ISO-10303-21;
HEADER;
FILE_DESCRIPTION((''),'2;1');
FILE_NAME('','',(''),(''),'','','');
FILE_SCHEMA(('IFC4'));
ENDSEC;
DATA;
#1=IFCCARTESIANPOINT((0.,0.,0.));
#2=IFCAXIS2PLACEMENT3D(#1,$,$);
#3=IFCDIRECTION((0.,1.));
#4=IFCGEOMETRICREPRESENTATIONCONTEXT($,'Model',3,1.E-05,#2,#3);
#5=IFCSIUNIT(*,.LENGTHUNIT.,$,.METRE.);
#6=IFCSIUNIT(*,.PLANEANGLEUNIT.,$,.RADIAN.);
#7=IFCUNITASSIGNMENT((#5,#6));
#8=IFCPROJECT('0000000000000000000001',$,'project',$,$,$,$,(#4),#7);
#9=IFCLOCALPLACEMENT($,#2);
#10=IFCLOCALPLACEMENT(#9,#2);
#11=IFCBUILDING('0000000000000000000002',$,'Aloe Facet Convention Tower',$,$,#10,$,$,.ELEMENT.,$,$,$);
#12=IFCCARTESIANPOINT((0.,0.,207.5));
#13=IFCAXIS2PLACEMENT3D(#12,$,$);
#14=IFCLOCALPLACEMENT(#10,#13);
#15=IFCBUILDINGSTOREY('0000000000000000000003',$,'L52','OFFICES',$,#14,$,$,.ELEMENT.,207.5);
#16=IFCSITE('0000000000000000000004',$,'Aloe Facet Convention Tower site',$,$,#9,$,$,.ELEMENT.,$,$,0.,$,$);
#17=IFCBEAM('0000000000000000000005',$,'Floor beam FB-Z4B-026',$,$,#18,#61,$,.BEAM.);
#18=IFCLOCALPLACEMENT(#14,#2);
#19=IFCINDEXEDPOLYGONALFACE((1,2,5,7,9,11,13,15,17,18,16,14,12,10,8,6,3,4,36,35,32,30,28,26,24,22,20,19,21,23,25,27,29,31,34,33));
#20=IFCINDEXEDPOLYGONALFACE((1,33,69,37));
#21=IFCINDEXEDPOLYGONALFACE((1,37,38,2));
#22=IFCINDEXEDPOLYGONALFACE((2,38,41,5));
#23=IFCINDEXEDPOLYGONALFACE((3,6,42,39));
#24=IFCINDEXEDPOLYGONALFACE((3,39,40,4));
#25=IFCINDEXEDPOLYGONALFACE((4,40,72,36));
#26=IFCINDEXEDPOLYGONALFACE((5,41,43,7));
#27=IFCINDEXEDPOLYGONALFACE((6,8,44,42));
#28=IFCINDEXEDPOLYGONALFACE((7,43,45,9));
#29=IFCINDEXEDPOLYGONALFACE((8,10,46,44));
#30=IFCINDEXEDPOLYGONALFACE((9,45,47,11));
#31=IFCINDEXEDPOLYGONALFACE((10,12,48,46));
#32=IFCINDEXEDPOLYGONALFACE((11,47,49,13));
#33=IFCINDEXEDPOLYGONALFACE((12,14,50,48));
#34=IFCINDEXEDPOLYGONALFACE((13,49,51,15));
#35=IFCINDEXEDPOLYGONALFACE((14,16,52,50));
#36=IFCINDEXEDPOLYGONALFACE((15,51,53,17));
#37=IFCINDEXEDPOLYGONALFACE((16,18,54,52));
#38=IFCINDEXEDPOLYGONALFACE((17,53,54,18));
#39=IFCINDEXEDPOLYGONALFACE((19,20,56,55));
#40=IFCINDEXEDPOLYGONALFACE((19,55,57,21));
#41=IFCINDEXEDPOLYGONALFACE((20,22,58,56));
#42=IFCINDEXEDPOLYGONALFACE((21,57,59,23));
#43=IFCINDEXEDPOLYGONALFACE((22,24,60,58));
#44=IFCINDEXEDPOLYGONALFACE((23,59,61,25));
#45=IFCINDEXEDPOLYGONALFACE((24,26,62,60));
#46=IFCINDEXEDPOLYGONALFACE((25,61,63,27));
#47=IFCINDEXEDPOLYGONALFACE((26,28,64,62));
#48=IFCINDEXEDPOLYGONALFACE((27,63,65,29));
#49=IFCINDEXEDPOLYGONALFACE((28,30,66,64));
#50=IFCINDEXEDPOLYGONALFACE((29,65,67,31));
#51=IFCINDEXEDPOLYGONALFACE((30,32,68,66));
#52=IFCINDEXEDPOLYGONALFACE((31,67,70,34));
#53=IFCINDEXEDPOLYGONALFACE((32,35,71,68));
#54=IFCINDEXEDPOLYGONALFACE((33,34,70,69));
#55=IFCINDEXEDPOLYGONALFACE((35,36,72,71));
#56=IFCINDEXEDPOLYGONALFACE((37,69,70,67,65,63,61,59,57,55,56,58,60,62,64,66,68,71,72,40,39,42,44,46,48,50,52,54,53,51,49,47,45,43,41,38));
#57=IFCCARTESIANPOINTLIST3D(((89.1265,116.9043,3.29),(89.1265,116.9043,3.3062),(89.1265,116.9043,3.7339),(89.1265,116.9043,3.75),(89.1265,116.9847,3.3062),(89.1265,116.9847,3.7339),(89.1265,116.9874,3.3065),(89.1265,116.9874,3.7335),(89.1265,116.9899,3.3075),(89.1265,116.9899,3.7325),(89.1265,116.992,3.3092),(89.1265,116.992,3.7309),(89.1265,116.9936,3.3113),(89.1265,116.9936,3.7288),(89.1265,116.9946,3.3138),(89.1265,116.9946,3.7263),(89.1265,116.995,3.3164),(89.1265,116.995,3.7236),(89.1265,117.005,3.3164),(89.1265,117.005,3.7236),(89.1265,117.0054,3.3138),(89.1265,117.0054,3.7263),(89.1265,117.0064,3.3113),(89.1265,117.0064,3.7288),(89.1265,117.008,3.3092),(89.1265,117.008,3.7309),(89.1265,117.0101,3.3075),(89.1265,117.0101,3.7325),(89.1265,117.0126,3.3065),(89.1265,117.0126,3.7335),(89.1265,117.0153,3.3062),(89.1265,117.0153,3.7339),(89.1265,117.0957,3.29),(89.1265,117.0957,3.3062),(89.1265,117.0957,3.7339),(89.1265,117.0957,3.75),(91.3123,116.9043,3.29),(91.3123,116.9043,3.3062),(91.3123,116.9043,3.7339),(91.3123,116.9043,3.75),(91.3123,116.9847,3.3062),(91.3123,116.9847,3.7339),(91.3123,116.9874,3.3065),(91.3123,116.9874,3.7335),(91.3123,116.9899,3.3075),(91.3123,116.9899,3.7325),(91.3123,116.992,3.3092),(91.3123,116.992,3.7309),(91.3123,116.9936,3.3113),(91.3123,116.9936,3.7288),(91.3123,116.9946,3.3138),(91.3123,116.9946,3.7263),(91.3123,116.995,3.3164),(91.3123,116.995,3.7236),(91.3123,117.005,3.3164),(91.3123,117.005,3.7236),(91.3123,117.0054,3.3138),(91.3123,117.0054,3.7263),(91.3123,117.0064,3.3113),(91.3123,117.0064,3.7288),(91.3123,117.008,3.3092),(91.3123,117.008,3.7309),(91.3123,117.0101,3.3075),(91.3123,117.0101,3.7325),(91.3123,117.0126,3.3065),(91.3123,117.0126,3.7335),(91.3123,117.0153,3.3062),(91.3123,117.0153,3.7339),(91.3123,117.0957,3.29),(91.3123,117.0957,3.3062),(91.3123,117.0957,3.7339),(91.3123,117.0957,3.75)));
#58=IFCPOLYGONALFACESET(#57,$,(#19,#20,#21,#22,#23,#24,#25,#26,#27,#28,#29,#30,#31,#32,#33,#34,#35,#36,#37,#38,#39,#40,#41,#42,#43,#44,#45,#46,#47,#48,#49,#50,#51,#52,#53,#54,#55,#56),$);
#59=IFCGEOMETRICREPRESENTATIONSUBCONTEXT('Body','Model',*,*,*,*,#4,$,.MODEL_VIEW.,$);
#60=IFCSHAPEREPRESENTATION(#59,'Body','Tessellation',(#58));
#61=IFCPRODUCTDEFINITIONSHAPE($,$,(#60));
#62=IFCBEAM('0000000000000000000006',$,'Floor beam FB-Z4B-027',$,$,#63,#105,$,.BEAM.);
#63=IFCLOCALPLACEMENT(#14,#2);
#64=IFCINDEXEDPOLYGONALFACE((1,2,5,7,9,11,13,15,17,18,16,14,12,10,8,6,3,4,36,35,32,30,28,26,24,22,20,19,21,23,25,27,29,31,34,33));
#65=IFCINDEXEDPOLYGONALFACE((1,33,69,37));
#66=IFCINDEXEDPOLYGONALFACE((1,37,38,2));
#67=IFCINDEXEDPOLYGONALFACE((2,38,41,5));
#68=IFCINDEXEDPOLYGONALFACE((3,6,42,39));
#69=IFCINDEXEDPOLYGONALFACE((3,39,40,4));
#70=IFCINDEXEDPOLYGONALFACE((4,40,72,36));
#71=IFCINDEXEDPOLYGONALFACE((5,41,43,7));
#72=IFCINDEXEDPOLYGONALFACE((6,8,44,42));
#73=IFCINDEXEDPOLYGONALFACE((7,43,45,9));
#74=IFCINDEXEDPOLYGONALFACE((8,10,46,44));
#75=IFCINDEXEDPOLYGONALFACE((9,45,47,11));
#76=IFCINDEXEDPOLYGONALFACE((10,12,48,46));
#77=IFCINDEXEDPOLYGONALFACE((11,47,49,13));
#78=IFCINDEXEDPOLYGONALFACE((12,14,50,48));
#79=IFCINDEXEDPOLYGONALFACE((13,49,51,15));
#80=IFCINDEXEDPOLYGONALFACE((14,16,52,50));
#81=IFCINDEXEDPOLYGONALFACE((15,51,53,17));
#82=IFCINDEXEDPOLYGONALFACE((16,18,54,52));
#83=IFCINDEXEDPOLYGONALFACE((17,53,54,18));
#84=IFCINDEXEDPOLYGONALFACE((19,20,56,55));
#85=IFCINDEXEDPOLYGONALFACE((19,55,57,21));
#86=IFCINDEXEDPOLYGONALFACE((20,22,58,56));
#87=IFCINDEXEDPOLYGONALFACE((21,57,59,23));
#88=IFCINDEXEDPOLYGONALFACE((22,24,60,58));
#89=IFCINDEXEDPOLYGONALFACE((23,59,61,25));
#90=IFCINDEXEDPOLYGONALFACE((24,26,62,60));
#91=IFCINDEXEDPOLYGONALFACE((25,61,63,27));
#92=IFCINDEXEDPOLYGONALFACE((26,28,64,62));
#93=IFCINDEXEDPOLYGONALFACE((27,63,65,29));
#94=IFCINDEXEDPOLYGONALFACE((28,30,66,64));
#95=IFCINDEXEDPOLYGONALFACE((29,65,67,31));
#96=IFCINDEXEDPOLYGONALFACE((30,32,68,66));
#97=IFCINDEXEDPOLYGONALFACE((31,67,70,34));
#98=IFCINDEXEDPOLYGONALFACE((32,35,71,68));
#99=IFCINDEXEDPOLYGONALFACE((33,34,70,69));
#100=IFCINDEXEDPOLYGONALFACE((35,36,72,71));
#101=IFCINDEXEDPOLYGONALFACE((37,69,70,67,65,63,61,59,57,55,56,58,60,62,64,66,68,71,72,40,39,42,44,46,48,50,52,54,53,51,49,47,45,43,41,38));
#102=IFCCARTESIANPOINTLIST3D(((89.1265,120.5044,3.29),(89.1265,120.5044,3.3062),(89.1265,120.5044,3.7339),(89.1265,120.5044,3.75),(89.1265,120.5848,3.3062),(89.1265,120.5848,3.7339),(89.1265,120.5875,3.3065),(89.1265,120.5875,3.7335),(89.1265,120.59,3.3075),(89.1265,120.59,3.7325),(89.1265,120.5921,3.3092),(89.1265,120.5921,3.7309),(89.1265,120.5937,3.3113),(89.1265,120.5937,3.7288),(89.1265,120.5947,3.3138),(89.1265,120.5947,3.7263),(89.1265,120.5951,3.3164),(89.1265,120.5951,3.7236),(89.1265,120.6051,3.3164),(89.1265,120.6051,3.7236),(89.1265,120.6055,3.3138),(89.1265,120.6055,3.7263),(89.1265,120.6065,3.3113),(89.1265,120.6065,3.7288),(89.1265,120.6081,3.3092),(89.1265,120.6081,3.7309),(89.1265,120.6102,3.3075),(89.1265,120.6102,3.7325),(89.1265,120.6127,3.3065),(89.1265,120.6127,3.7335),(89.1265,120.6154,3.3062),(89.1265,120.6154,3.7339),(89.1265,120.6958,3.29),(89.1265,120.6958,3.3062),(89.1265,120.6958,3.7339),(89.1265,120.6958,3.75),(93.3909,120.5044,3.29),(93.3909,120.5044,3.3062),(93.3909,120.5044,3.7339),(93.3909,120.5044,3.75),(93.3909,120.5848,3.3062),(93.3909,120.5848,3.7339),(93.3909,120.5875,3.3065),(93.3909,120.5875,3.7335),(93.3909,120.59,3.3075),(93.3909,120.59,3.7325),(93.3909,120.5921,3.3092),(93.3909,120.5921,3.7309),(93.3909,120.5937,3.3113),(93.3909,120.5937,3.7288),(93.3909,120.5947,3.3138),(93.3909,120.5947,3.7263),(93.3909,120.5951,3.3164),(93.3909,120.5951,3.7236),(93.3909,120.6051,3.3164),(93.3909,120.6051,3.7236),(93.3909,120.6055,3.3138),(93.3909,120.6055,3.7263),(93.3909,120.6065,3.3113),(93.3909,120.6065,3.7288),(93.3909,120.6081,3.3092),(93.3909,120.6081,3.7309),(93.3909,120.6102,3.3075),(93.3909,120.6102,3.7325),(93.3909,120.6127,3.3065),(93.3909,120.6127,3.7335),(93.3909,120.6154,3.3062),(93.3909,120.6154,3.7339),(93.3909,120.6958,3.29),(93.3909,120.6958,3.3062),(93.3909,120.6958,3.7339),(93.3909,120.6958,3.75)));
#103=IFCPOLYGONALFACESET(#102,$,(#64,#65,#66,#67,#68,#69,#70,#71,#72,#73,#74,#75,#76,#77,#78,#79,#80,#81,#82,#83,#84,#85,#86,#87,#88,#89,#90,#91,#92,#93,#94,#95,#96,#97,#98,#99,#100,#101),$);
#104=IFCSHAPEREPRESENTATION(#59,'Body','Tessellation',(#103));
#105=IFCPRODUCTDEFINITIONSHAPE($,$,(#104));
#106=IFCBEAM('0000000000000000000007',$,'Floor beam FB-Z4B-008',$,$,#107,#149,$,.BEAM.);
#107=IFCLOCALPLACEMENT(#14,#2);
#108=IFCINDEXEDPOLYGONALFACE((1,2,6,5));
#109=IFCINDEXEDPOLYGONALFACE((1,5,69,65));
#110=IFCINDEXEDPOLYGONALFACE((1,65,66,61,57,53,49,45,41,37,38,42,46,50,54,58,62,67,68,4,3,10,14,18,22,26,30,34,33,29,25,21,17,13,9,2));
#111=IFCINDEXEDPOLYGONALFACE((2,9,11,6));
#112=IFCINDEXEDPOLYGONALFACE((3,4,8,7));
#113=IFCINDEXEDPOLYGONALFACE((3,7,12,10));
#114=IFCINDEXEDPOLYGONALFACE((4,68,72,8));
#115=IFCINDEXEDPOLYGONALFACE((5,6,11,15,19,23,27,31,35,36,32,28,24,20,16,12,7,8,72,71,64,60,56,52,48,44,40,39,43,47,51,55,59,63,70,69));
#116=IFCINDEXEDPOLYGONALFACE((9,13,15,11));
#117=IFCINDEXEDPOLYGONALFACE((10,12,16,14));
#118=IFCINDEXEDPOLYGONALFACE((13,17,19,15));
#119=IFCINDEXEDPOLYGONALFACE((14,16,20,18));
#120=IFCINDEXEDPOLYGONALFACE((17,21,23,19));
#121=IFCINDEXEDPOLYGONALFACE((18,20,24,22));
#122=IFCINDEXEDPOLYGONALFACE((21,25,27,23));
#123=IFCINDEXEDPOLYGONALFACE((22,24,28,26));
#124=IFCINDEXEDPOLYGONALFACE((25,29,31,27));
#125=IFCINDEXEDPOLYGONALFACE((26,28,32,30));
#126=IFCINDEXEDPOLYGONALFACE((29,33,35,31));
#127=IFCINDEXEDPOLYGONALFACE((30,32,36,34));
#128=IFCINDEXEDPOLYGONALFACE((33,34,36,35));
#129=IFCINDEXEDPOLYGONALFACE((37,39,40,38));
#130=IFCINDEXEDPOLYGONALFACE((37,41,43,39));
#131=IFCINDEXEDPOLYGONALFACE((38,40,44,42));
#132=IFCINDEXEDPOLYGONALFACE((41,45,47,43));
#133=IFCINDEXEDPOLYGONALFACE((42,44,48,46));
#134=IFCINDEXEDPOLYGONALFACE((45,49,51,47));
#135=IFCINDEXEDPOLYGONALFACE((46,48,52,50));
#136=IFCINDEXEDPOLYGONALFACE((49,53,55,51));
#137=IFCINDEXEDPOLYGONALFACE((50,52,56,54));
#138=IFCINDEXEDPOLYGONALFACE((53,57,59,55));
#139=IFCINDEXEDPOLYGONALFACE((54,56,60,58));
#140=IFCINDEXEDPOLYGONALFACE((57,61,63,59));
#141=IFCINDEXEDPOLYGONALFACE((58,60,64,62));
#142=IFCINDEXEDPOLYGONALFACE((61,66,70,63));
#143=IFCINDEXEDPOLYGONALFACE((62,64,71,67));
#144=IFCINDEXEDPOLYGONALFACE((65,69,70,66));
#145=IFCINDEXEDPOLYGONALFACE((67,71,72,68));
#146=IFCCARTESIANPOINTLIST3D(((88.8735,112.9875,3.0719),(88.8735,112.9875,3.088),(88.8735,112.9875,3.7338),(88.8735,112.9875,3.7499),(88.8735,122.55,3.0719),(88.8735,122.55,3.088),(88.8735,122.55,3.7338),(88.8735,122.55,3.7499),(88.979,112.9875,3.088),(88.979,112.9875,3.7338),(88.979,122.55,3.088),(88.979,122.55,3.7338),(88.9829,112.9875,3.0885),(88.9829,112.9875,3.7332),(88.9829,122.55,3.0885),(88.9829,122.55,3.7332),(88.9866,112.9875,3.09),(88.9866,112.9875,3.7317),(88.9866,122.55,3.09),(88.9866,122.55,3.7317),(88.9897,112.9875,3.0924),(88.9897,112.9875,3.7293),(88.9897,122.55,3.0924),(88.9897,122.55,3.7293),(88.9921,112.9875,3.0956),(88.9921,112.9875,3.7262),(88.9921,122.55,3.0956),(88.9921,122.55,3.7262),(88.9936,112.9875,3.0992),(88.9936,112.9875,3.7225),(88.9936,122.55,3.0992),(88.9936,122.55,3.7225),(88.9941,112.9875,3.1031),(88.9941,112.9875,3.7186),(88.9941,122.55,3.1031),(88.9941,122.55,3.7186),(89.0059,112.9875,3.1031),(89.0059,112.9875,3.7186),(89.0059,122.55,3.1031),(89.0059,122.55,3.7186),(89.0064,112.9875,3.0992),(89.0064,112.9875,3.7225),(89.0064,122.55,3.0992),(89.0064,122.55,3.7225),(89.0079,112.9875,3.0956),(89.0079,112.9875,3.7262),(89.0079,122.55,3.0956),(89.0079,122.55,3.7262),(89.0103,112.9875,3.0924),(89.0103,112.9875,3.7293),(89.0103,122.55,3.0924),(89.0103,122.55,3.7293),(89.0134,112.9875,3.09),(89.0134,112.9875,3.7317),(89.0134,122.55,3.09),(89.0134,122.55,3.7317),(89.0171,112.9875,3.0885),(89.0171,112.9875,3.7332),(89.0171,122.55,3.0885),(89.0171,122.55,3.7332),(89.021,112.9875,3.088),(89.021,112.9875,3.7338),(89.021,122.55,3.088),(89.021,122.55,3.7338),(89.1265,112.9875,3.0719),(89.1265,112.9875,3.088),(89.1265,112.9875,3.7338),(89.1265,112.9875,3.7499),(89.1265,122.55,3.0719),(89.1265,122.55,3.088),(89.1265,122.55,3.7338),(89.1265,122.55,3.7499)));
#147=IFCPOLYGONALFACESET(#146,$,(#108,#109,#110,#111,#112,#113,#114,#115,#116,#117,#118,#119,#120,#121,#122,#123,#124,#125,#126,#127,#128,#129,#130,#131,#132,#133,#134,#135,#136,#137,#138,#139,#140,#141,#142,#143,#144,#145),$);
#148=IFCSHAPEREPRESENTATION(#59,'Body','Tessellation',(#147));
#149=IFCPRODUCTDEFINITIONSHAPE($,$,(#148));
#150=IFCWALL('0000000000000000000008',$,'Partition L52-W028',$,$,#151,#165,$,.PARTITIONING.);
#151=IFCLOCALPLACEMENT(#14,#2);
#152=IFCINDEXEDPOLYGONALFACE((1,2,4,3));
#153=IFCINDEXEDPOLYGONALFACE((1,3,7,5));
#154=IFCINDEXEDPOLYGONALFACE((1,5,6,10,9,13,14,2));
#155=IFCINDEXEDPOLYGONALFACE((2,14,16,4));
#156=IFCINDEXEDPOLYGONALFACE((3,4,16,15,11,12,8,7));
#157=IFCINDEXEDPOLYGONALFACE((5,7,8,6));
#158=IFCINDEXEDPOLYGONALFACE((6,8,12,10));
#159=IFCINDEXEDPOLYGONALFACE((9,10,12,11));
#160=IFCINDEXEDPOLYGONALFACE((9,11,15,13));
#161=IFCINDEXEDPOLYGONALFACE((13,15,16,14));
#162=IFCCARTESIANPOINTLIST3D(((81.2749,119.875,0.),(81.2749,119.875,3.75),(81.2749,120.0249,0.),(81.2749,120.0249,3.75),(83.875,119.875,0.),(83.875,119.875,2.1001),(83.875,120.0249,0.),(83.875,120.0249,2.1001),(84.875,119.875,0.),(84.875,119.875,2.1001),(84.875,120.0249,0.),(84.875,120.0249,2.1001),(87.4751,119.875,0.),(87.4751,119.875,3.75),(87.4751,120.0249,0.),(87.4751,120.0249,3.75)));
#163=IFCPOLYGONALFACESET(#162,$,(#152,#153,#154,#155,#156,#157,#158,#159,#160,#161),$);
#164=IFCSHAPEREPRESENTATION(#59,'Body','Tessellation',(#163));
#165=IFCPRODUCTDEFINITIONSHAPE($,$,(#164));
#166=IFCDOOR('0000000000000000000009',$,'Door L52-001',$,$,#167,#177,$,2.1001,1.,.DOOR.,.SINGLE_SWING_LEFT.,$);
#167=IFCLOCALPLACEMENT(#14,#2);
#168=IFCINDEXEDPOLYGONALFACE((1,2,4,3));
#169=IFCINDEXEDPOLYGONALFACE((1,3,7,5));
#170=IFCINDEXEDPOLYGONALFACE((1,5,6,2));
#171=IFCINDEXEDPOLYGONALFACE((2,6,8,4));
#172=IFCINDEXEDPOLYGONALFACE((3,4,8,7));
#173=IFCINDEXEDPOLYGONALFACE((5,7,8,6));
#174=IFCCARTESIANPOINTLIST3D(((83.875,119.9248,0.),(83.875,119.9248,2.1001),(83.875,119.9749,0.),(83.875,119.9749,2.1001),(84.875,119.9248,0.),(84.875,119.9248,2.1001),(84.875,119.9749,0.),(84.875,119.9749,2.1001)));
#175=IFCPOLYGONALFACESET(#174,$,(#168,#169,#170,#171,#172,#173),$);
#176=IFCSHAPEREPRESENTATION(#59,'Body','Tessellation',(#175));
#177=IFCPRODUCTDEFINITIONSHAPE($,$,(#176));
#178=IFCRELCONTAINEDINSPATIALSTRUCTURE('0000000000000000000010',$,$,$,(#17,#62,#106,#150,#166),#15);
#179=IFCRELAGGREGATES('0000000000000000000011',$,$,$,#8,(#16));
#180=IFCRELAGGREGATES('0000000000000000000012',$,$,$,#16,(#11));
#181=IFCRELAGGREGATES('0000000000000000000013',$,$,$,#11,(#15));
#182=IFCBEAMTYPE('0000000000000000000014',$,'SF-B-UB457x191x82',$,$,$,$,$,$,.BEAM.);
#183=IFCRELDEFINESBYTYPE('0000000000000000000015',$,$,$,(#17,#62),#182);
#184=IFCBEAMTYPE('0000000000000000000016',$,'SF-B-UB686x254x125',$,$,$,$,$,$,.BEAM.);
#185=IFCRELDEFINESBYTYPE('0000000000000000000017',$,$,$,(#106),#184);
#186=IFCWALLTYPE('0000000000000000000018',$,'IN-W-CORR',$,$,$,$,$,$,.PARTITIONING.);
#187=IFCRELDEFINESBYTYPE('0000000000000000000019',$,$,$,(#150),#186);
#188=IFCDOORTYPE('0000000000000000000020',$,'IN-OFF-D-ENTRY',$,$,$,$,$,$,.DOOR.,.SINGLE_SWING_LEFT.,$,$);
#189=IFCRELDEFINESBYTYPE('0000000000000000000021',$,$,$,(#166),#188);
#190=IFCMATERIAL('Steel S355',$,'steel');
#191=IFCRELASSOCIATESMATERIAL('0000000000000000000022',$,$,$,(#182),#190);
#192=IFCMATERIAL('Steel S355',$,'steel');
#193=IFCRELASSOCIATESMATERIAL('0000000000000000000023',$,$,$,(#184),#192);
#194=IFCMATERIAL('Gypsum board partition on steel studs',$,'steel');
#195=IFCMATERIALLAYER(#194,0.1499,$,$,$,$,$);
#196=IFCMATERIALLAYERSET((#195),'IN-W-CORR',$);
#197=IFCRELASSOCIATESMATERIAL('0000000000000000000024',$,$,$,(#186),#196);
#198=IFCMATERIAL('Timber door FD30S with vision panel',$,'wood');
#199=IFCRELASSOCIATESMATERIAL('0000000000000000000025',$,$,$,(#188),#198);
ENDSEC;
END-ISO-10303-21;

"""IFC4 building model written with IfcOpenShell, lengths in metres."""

from ifc_helpers import new_model, si_unit, direction, frame, frame_2d, origin, origin_2d, place, context, subcontext, project, spatial, rectangle, i_section, extrude, material, layer, layer_set, material_profile, profile_set, type_object, element, fill, save


model = new_model("IFC4")

# Units and contexts
model_context = context("Model", 3, precision=1e-05, world=origin(), true_north=direction((0.0, 1.0)))
body_context = subcontext(model_context, "Body", "Model", "MODEL_VIEW")
ifc_project = project(units=[si_unit("LENGTHUNIT", "METRE"), si_unit("PLANEANGLEUNIT", "RADIAN")], contexts=[model_context])

# Site, building, storey
site_placement = place(None, origin())
site = spatial("IfcSite", under=ifc_project, at=site_placement, Name="Aloe Facet Convention Tower site", CompositionType="ELEMENT", RefElevation=0.0)
building_placement = place(site_placement, origin())
building = spatial("IfcBuilding", under=site, at=building_placement, Name="Aloe Facet Convention Tower", CompositionType="ELEMENT")
storey_placement = place(building_placement, frame((0.0, 0.0, 207.5)))
storey = spatial("IfcBuildingStorey", under=building, at=storey_placement, Name="L52", Description="OFFICES", CompositionType="ELEMENT", Elevation=207.5)

# Beams
ifc_material_1 = material(Name="Steel S355", Category="steel")
ifc_material_profile_1 = material_profile(ifc_material_1, i_section(OverallWidth=0.1914, OverallDepth=0.46, WebThickness=0.01, FlangeThickness=0.0161, FilletRadius=0.0103, at=origin_2d()), Name="UB 457x191x82")
ifc_profile_set_1 = profile_set([ifc_material_profile_1], Name="Steel S355")
beam_type_1 = type_object("IfcBeamType", Name="SF-B-UB457x191x82", PredefinedType="BEAM", material=ifc_profile_set_1)
beam_1_placement = place(storey_placement, frame((89.1265, 117.0, 3.52), z_axis=(1.0, 0.0, 0.0), x_axis=(0.0, 1.0, 0.0)))
element("IfcBeam", 1, at=beam_1_placement, inside=storey, type_object=beam_type_1, Name="Floor beam FB-Z4B-026", PredefinedType="BEAM", context=body_context, shape_type="SweptSolid", body=[
    extrude(i_section(OverallWidth=0.1914, OverallDepth=0.46, WebThickness=0.01, FlangeThickness=0.0161, FilletRadius=0.0103, at=origin_2d()), origin(), (0.0, 0.0, 1.0), 2.1858),
])
beam_2_placement = place(storey_placement, frame((89.1265, 120.6001, 3.52), z_axis=(1.0, 0.0, 0.0), x_axis=(0.0, 1.0, 0.0)))
element("IfcBeam", 2, at=beam_2_placement, inside=storey, type_object=beam_type_1, Name="Floor beam FB-Z4B-027", PredefinedType="BEAM", context=body_context, shape_type="SweptSolid", body=[
    extrude(i_section(OverallWidth=0.1914, OverallDepth=0.46, WebThickness=0.01, FlangeThickness=0.0161, FilletRadius=0.0103, at=origin_2d()), origin(), (0.0, 0.0, 1.0), 4.2644),
])
ifc_material_2 = material(Name="Steel S355", Category="steel")
ifc_material_profile_2 = material_profile(ifc_material_2, i_section(OverallWidth=0.2529, OverallDepth=0.678, WebThickness=0.0117, FlangeThickness=0.0161, FilletRadius=0.0151, at=origin_2d()), Name="UB 686x254x125")
ifc_profile_set_2 = profile_set([ifc_material_profile_2], Name="Steel S355")
beam_type_2 = type_object("IfcBeamType", Name="SF-B-UB686x254x125", PredefinedType="BEAM", material=ifc_profile_set_2)
beam_3_placement = place(storey_placement, frame((89.0, 122.55, 3.4109), z_axis=(0.0, -1.0, 0.0), x_axis=(1.0, 0.0, 0.0)))
element("IfcBeam", 3, at=beam_3_placement, inside=storey, type_object=beam_type_2, Name="Floor beam FB-Z4B-008", PredefinedType="BEAM", context=body_context, shape_type="SweptSolid", body=[
    extrude(i_section(OverallWidth=0.2529, OverallDepth=0.678, WebThickness=0.0117, FlangeThickness=0.0161, FilletRadius=0.0151, at=origin_2d()), origin(), (0.0, 0.0, 1.0), 9.5625),
])

# Wall, opening, door
ifc_material_3 = material(Name="Gypsum board partition on steel studs", Category="steel")
ifc_layer_1 = layer(ifc_material_3, 0.1499)
ifc_layer_set_1 = layer_set([ifc_layer_1], Name="IN-W-CORR")
wall_type_1 = type_object("IfcWallType", Name="IN-W-CORR", PredefinedType="PARTITIONING", material=ifc_layer_set_1)
wall_1_placement = place(storey_placement, frame((81.2749, 119.95, 0.0), z_axis=(0.0, 0.0, 1.0), x_axis=(1.0, 0.0, 0.0)))
wall_1 = element("IfcWall", 4, at=wall_1_placement, inside=storey, type_object=wall_type_1, Name="Partition L52-W028", PredefinedType="PARTITIONING", context=body_context, shape_type="SweptSolid", body=[
    extrude(rectangle(XDim=6.2002, YDim=0.1499, at=frame_2d((3.1001, 0.0))), origin(), (0.0, 0.0, 1.0), 3.75),
])
opening_1_placement = place(wall_1_placement, frame((2.6001, 0.0, 0.0)))
opening_1 = element("IfcOpeningElement", 5, at=opening_1_placement, cuts=wall_1, PredefinedType="OPENING", context=body_context, shape_type="SweptSolid", body=[
    extrude(rectangle(XDim=1.0, YDim=2.1001, at=frame_2d((0.5, 1.05))), frame((0.0, 0.085, 0.0), z_axis=(0.0, -1.0, 0.0), x_axis=(1.0, 0.0, 0.0)), (0.0, 0.0, 1.0), 0.1699),
])
ifc_material_4 = material(Name="Timber door FD30S with vision panel", Category="wood")
door_type_1 = type_object("IfcDoorType", Name="IN-OFF-D-ENTRY", OperationType="SINGLE_SWING_LEFT", PredefinedType="DOOR", material=ifc_material_4)
door_1_placement = place(opening_1_placement, origin())
door_1 = element("IfcDoor", 6, at=door_1_placement, inside=storey, type_object=door_type_1, Name="Door L52-001", OperationType="SINGLE_SWING_LEFT", OverallHeight=2.1001, OverallWidth=1.0, PredefinedType="DOOR", context=body_context, shape_type="SweptSolid", body=[
    extrude(rectangle(XDim=1.0, YDim=2.1001, at=frame_2d((0.5, 1.05))), frame((0.0, 0.0249, 0.0), z_axis=(0.0, -1.0, 0.0), x_axis=(1.0, 0.0, 0.0)), (0.0, 0.0, 1.0), 0.05),
])
fill(opening_1, door_1)

save(model, "model.ifc")
